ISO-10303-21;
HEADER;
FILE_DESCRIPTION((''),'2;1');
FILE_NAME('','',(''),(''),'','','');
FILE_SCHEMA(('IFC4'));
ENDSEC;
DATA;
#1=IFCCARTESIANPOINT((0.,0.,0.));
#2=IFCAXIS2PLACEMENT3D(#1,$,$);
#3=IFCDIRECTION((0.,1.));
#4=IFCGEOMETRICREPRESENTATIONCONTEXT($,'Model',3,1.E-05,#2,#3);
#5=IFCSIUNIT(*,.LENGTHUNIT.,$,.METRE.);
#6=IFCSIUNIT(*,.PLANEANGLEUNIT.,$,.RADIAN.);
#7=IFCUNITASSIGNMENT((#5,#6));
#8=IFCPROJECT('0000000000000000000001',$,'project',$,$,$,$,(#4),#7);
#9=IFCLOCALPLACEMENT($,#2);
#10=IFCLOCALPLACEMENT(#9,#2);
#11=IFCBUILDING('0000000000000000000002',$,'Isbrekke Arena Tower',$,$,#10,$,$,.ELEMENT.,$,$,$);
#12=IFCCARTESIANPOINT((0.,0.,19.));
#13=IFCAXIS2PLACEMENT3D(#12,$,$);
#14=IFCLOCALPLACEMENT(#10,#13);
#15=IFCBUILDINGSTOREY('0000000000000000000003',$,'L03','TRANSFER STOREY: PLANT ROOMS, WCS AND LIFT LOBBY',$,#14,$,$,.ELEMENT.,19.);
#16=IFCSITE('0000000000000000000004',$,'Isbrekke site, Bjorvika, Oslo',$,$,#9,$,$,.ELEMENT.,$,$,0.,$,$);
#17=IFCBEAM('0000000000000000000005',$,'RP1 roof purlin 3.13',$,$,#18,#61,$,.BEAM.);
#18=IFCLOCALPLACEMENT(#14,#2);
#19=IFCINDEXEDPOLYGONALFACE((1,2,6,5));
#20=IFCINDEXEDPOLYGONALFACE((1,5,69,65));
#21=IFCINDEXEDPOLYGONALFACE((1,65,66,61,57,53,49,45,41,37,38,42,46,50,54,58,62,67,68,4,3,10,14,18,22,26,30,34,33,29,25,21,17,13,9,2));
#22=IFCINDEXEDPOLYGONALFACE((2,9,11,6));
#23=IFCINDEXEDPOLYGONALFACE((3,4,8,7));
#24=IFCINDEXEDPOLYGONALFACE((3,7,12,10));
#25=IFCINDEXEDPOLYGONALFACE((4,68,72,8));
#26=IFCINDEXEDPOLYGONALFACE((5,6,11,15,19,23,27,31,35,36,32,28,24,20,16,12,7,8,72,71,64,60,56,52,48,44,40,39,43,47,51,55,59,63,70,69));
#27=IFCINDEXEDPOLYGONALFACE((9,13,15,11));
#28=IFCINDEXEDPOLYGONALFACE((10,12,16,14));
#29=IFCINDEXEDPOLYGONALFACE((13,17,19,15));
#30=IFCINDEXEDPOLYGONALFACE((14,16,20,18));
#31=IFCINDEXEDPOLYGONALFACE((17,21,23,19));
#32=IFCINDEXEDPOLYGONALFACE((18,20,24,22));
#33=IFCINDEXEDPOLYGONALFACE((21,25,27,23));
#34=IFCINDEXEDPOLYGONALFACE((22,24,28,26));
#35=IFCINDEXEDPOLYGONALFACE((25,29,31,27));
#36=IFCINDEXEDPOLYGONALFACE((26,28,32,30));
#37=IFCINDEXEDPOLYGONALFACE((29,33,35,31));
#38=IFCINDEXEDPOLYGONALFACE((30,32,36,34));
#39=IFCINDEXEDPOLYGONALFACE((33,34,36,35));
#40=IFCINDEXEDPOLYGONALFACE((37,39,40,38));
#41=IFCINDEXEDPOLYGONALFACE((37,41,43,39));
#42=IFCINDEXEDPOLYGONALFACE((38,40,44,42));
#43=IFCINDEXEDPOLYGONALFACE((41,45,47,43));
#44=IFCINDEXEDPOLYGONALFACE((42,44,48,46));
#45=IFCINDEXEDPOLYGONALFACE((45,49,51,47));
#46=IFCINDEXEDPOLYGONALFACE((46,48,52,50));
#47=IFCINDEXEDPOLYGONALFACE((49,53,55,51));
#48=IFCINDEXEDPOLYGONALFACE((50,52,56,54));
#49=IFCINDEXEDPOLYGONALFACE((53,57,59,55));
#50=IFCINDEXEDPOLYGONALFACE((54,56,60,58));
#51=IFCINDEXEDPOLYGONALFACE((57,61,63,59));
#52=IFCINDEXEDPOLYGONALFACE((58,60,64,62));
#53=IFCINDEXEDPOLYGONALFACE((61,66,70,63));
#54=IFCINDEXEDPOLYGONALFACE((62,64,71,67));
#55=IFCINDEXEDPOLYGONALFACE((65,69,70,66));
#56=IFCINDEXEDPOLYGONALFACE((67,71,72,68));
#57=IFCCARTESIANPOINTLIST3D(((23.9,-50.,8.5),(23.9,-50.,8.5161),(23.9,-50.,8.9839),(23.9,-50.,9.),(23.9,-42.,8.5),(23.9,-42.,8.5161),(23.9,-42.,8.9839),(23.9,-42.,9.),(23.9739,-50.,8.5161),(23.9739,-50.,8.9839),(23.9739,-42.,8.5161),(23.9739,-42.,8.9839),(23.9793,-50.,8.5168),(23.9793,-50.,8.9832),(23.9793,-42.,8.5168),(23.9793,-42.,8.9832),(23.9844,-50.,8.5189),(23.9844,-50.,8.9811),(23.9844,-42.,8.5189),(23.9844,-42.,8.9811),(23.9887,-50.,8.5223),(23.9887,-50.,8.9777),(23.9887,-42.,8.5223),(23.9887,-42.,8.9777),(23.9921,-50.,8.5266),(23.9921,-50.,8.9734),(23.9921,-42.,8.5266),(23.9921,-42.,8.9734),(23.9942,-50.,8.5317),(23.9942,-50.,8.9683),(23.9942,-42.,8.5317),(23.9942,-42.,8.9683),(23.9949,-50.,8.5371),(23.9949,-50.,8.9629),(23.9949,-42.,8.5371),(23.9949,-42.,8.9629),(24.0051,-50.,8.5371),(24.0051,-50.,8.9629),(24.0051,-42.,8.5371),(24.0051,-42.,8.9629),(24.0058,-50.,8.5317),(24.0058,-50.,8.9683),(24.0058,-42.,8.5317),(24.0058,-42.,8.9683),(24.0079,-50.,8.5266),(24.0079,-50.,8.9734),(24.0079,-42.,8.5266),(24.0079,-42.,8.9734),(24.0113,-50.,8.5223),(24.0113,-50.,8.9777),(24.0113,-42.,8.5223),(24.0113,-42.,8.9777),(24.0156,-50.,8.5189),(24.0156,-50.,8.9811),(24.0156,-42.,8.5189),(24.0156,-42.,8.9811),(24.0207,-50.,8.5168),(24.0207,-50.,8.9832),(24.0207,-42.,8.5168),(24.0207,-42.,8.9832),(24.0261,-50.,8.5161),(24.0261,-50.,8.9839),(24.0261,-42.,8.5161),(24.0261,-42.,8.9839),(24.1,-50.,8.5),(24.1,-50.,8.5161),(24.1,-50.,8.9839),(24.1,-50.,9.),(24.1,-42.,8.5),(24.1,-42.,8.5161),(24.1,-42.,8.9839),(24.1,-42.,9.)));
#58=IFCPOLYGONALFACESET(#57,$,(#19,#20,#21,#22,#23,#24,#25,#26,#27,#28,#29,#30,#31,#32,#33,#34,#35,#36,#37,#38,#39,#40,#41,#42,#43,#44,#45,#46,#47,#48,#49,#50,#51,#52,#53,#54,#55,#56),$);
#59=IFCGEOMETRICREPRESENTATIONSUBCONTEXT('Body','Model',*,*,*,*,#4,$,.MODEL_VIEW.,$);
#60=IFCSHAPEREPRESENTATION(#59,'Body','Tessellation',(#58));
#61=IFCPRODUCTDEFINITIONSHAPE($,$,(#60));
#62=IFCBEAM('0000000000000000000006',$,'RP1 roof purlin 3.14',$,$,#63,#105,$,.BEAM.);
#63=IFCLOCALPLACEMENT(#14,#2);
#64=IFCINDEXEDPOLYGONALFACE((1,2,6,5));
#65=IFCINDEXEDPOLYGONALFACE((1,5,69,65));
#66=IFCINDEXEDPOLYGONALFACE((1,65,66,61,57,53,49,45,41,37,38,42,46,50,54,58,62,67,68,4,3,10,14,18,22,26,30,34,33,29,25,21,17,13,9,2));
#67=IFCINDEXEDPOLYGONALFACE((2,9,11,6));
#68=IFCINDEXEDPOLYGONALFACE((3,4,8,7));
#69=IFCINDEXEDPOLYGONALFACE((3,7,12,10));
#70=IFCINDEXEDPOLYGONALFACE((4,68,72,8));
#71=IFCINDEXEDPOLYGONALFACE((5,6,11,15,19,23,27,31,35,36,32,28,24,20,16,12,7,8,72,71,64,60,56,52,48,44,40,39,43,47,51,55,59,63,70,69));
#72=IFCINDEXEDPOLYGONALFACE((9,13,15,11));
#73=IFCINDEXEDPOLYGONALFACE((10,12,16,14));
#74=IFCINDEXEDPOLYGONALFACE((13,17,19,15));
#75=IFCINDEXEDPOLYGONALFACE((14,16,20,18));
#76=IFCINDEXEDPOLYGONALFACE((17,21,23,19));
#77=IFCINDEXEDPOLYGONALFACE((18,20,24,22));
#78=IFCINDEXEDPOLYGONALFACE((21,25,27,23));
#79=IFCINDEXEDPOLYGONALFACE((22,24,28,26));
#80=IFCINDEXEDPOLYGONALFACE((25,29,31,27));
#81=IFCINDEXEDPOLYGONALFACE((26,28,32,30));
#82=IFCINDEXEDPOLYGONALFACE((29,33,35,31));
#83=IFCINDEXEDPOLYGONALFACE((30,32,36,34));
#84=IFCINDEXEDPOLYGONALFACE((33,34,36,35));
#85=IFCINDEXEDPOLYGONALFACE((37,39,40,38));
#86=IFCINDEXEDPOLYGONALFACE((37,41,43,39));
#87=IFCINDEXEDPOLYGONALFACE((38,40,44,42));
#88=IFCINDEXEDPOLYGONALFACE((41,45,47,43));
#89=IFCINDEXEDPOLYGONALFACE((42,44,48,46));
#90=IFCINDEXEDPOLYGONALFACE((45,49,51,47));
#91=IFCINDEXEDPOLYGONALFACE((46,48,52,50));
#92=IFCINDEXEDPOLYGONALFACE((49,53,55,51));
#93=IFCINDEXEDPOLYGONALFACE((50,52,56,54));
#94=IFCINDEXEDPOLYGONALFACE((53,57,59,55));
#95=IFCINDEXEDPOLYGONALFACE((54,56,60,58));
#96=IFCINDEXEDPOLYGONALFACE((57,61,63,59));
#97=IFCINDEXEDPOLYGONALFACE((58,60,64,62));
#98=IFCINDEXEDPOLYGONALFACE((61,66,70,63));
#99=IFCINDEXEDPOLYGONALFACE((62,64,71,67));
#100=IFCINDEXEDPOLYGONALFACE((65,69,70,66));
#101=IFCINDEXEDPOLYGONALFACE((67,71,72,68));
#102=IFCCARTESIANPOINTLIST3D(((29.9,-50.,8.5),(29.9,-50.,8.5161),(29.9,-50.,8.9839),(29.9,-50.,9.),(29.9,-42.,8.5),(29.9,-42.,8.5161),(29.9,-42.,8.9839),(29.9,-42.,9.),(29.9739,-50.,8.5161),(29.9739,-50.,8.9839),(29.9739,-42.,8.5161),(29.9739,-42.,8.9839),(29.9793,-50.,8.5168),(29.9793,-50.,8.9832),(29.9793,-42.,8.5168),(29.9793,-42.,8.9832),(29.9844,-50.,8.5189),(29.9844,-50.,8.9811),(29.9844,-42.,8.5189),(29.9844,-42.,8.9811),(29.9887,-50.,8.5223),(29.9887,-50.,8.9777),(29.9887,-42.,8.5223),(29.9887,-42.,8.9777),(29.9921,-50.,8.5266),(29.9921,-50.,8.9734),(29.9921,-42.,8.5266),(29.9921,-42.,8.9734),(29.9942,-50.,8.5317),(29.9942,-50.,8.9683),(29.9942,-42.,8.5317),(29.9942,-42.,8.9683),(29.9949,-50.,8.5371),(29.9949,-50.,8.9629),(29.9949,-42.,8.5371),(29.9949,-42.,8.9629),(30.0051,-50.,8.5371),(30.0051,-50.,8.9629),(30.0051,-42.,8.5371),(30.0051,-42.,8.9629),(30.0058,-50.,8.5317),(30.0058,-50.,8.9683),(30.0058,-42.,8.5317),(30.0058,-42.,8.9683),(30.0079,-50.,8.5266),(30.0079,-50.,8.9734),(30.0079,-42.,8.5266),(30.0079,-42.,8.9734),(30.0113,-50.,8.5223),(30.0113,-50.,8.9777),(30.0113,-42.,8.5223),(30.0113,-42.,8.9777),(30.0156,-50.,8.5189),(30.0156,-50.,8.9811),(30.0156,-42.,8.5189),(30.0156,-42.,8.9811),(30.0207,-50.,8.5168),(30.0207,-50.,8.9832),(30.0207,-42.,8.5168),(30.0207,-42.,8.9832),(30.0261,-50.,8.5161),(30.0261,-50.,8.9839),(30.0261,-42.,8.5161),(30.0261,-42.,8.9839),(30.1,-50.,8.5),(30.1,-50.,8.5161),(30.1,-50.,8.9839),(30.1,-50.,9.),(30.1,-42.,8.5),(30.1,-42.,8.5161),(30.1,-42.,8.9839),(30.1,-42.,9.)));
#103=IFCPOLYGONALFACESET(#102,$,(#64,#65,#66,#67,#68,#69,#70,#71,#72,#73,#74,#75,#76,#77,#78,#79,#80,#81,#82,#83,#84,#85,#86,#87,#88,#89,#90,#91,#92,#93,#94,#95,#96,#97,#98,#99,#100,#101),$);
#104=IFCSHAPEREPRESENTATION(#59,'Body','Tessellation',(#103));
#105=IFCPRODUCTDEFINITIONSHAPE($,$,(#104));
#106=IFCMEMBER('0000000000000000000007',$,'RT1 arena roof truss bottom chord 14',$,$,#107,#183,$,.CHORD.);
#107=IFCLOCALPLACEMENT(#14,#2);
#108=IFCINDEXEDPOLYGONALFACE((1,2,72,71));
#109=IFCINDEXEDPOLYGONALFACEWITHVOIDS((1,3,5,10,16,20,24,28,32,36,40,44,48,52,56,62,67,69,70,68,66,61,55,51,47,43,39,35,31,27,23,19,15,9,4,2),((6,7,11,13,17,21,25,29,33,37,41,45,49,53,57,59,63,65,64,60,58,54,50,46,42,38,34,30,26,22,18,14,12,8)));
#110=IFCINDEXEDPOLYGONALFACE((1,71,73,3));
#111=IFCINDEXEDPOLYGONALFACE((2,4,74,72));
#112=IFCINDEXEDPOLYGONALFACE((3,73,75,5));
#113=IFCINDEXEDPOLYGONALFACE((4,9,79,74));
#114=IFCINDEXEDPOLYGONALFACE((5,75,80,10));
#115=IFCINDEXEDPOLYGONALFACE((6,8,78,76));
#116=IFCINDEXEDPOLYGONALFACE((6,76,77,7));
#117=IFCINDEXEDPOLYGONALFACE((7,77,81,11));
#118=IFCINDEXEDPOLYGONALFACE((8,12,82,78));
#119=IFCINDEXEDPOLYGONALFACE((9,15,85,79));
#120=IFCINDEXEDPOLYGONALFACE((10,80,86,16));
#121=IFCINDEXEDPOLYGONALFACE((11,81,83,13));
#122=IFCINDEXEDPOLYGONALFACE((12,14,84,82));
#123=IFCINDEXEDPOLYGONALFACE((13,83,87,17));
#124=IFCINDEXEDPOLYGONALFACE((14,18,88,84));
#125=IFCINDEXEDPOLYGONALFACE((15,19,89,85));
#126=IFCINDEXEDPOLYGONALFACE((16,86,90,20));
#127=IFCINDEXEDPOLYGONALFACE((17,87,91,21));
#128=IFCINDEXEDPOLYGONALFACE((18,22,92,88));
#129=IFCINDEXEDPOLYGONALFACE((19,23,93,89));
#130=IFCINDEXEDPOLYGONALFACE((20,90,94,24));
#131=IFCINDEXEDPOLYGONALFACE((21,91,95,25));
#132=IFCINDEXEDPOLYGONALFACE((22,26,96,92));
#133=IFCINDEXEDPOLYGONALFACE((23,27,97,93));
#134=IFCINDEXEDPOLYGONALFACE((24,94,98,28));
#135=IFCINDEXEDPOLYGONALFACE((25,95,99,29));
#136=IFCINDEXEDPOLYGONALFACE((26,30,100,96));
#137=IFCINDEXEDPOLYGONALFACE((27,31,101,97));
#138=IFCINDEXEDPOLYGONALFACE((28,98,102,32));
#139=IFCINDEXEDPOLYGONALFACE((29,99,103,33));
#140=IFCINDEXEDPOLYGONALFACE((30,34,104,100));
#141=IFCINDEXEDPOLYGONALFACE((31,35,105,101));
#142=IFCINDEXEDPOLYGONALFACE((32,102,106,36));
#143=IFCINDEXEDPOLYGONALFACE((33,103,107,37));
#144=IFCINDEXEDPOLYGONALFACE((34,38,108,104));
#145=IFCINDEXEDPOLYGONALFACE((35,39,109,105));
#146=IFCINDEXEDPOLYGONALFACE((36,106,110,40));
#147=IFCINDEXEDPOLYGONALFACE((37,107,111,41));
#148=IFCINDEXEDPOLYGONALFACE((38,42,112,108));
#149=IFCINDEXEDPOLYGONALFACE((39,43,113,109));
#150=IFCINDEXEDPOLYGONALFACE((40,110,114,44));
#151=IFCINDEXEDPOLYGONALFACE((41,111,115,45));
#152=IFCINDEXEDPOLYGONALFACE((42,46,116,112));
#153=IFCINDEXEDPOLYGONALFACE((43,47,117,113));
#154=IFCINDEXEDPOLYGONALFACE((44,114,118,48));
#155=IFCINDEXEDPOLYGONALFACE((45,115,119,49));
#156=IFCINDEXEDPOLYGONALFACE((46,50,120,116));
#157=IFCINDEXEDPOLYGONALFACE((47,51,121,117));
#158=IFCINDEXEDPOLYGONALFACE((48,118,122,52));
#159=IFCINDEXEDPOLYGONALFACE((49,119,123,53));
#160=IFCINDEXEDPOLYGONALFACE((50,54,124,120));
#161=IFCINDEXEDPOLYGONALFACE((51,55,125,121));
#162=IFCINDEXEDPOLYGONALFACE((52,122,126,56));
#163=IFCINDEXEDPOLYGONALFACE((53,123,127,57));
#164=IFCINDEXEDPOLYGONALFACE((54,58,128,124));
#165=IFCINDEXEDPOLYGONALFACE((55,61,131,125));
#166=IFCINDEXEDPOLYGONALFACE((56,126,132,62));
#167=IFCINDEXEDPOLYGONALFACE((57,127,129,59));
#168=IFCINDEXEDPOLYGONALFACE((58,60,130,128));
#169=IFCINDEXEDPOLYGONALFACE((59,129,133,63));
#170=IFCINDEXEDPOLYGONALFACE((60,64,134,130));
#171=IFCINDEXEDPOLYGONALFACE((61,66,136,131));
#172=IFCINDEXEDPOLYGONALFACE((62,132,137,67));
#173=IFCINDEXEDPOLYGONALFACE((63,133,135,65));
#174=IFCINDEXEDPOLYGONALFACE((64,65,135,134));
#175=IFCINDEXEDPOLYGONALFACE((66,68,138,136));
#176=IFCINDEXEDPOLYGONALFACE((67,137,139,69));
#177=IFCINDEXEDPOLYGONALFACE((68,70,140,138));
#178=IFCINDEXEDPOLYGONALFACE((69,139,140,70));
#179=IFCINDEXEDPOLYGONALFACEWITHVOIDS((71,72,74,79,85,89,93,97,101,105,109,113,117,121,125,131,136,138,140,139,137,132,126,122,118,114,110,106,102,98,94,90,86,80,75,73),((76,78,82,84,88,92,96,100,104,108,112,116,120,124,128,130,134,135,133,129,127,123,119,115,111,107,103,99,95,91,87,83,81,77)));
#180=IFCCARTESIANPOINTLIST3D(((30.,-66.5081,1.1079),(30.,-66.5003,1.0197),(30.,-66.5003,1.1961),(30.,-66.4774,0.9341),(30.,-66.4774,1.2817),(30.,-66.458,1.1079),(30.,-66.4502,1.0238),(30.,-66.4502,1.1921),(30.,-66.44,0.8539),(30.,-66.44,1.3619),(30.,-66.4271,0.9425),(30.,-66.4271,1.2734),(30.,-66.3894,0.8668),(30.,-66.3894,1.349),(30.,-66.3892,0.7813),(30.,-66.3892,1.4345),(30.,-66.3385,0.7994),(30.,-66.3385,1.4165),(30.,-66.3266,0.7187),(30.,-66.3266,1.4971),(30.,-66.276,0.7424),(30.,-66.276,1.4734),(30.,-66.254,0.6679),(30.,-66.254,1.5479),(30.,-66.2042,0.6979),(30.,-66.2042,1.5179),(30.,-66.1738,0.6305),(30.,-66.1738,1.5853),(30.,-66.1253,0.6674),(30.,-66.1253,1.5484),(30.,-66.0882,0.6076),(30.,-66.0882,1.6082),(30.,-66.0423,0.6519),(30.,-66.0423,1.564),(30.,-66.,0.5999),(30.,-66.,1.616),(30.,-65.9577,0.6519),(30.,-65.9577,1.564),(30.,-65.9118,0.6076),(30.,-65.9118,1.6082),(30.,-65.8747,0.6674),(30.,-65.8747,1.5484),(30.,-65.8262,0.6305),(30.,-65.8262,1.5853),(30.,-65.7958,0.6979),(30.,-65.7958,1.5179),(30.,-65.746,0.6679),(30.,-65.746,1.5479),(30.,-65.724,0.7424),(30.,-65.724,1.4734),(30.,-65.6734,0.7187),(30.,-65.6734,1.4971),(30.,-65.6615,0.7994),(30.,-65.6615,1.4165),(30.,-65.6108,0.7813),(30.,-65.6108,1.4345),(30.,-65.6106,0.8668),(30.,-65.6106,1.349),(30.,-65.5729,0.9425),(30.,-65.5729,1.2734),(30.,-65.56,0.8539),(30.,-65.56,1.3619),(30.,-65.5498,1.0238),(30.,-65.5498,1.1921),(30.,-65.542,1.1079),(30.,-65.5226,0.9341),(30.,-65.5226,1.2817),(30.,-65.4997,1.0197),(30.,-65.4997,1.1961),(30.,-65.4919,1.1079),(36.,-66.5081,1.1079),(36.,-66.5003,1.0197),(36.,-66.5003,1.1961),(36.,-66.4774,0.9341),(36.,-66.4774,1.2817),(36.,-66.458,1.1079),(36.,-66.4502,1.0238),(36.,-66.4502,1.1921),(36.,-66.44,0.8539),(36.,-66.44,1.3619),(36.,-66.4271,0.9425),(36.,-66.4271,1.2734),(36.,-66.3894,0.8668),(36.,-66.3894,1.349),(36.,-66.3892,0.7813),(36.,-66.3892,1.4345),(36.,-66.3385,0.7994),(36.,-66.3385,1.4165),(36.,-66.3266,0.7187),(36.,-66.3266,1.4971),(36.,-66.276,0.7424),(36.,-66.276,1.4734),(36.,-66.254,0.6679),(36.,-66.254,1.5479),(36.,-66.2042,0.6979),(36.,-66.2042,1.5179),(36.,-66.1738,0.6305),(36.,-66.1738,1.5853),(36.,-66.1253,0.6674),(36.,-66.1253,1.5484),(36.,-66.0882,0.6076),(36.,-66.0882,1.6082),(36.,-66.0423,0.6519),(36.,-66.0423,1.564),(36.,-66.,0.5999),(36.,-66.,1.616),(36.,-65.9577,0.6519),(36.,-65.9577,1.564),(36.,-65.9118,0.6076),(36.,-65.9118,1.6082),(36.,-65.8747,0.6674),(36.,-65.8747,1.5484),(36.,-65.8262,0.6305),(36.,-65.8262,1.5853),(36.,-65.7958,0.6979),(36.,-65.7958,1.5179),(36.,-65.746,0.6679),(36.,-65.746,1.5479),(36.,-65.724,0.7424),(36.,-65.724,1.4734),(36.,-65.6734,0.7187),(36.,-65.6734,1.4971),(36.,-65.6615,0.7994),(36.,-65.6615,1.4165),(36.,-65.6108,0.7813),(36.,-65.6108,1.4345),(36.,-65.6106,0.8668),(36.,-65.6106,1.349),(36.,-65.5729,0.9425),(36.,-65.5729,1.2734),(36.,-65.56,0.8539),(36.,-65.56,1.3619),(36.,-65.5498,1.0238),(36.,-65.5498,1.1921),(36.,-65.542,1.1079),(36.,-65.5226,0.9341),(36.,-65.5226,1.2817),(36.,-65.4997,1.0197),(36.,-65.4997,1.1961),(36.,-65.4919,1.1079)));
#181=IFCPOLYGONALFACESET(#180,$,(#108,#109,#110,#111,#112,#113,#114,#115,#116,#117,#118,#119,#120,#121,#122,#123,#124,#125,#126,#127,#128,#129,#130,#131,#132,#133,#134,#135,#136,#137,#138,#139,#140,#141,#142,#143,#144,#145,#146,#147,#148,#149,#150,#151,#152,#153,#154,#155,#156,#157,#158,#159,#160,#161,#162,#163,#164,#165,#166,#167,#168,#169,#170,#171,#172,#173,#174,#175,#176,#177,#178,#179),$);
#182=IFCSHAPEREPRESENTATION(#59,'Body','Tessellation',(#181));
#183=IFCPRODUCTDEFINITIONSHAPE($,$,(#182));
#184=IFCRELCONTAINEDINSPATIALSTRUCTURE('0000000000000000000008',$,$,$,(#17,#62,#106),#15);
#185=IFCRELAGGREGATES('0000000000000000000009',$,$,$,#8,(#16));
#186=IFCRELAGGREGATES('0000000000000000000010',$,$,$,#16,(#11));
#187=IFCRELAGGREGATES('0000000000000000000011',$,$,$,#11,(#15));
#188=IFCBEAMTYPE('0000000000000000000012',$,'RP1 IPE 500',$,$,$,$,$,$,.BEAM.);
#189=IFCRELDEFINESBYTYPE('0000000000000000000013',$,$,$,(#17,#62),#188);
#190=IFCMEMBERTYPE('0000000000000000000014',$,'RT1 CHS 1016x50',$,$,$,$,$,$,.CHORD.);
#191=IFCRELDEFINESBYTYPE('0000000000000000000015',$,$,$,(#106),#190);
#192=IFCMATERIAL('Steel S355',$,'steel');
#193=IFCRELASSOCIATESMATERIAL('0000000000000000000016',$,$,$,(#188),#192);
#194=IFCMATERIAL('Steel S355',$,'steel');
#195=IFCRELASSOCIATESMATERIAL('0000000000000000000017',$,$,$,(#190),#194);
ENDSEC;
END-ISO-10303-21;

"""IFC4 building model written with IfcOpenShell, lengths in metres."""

from ifc_helpers import new_model, si_unit, direction, frame, origin, origin_2d, place, context, subcontext, project, spatial, hollow_circle, i_section, extrude, material, material_profile, profile_set, type_object, element, save


model = new_model("IFC4")

# Units and contexts
model_context = context("Model", 3, precision=1e-05, world=origin(), true_north=direction((0.0, 1.0)))
body_context = subcontext(model_context, "Body", "Model", "MODEL_VIEW")
ifc_project = project(units=[si_unit("LENGTHUNIT", "METRE"), si_unit("PLANEANGLEUNIT", "RADIAN")], contexts=[model_context])

# Site, building, storey
site_placement = place(None, origin())
site = spatial("IfcSite", under=ifc_project, at=site_placement, Name="Isbrekke site, Bjorvika, Oslo", CompositionType="ELEMENT", RefElevation=0.0)
building_placement = place(site_placement, origin())
building = spatial("IfcBuilding", under=site, at=building_placement, Name="Isbrekke Arena Tower", CompositionType="ELEMENT")
storey_placement = place(building_placement, frame((0.0, 0.0, 19.0)))
storey = spatial("IfcBuildingStorey", under=building, at=storey_placement, Name="L03", Description="TRANSFER STOREY: PLANT ROOMS, WCS AND LIFT LOBBY", CompositionType="ELEMENT", Elevation=19.0)

# Beams
ifc_material_1 = material(Name="Steel S355", Category="steel")
ifc_material_profile_1 = material_profile(ifc_material_1, i_section(OverallWidth=0.2, OverallDepth=0.5, WebThickness=0.0103, FlangeThickness=0.0161, FilletRadius=0.021, at=origin_2d()), Name="IPE 500")
ifc_profile_set_1 = profile_set([ifc_material_profile_1], Name="Steel S355")
beam_type = type_object("IfcBeamType", Name="RP1 IPE 500", PredefinedType="BEAM", material=ifc_profile_set_1)
for number, where, z_axis, x_axis, name in (
    (1, (24.0, -50.0, 8.75), (0.0, 1.0, 0.0), (-1.0, 0.0, 0.0), "RP1 roof purlin 3.13"),
    (2, (30.0, -50.0, 8.75), (0.0, 1.0, 0.0), (-1.0, 0.0, 0.0), "RP1 roof purlin 3.14"),
):
    element("IfcBeam", number, at=place(storey_placement, frame(where, z_axis=z_axis, x_axis=x_axis)), inside=storey, type_object=beam_type, Name=name, PredefinedType="BEAM", context=body_context, shape_type="SweptSolid", body=[
        extrude(i_section(OverallWidth=0.2, OverallDepth=0.5, WebThickness=0.0103, FlangeThickness=0.0161, FilletRadius=0.021, at=origin_2d()), origin(), (0.0, 0.0, 1.0), 8.0),
    ])

# Member
ifc_material_2 = material(Name="Steel S355", Category="steel")
ifc_material_profile_2 = material_profile(ifc_material_2, hollow_circle(Radius=0.5081, WallThickness=0.05, at=origin_2d()), Name="CHS 1016x50")
ifc_profile_set_2 = profile_set([ifc_material_profile_2], Name="Steel S355")
member_type_1 = type_object("IfcMemberType", Name="RT1 CHS 1016x50", PredefinedType="CHORD", material=ifc_profile_set_2)
for number, where, z_axis, x_axis, name in (
    (3, (30.0, -66.0, 1.1079), (1.0, 0.0, 0.0), (0.0, 1.0, 0.0), "RT1 arena roof truss bottom chord 14"),
):
    element("IfcMember", number, at=place(storey_placement, frame(where, z_axis=z_axis, x_axis=x_axis)), inside=storey, type_object=member_type_1, Name=name, PredefinedType="CHORD", context=body_context, shape_type="SweptSolid", body=[
        extrude(hollow_circle(Radius=0.5081, WallThickness=0.05, at=origin_2d()), origin(), (0.0, 0.0, 1.0), 6.0),
    ])

save(model, "model.ifc")
